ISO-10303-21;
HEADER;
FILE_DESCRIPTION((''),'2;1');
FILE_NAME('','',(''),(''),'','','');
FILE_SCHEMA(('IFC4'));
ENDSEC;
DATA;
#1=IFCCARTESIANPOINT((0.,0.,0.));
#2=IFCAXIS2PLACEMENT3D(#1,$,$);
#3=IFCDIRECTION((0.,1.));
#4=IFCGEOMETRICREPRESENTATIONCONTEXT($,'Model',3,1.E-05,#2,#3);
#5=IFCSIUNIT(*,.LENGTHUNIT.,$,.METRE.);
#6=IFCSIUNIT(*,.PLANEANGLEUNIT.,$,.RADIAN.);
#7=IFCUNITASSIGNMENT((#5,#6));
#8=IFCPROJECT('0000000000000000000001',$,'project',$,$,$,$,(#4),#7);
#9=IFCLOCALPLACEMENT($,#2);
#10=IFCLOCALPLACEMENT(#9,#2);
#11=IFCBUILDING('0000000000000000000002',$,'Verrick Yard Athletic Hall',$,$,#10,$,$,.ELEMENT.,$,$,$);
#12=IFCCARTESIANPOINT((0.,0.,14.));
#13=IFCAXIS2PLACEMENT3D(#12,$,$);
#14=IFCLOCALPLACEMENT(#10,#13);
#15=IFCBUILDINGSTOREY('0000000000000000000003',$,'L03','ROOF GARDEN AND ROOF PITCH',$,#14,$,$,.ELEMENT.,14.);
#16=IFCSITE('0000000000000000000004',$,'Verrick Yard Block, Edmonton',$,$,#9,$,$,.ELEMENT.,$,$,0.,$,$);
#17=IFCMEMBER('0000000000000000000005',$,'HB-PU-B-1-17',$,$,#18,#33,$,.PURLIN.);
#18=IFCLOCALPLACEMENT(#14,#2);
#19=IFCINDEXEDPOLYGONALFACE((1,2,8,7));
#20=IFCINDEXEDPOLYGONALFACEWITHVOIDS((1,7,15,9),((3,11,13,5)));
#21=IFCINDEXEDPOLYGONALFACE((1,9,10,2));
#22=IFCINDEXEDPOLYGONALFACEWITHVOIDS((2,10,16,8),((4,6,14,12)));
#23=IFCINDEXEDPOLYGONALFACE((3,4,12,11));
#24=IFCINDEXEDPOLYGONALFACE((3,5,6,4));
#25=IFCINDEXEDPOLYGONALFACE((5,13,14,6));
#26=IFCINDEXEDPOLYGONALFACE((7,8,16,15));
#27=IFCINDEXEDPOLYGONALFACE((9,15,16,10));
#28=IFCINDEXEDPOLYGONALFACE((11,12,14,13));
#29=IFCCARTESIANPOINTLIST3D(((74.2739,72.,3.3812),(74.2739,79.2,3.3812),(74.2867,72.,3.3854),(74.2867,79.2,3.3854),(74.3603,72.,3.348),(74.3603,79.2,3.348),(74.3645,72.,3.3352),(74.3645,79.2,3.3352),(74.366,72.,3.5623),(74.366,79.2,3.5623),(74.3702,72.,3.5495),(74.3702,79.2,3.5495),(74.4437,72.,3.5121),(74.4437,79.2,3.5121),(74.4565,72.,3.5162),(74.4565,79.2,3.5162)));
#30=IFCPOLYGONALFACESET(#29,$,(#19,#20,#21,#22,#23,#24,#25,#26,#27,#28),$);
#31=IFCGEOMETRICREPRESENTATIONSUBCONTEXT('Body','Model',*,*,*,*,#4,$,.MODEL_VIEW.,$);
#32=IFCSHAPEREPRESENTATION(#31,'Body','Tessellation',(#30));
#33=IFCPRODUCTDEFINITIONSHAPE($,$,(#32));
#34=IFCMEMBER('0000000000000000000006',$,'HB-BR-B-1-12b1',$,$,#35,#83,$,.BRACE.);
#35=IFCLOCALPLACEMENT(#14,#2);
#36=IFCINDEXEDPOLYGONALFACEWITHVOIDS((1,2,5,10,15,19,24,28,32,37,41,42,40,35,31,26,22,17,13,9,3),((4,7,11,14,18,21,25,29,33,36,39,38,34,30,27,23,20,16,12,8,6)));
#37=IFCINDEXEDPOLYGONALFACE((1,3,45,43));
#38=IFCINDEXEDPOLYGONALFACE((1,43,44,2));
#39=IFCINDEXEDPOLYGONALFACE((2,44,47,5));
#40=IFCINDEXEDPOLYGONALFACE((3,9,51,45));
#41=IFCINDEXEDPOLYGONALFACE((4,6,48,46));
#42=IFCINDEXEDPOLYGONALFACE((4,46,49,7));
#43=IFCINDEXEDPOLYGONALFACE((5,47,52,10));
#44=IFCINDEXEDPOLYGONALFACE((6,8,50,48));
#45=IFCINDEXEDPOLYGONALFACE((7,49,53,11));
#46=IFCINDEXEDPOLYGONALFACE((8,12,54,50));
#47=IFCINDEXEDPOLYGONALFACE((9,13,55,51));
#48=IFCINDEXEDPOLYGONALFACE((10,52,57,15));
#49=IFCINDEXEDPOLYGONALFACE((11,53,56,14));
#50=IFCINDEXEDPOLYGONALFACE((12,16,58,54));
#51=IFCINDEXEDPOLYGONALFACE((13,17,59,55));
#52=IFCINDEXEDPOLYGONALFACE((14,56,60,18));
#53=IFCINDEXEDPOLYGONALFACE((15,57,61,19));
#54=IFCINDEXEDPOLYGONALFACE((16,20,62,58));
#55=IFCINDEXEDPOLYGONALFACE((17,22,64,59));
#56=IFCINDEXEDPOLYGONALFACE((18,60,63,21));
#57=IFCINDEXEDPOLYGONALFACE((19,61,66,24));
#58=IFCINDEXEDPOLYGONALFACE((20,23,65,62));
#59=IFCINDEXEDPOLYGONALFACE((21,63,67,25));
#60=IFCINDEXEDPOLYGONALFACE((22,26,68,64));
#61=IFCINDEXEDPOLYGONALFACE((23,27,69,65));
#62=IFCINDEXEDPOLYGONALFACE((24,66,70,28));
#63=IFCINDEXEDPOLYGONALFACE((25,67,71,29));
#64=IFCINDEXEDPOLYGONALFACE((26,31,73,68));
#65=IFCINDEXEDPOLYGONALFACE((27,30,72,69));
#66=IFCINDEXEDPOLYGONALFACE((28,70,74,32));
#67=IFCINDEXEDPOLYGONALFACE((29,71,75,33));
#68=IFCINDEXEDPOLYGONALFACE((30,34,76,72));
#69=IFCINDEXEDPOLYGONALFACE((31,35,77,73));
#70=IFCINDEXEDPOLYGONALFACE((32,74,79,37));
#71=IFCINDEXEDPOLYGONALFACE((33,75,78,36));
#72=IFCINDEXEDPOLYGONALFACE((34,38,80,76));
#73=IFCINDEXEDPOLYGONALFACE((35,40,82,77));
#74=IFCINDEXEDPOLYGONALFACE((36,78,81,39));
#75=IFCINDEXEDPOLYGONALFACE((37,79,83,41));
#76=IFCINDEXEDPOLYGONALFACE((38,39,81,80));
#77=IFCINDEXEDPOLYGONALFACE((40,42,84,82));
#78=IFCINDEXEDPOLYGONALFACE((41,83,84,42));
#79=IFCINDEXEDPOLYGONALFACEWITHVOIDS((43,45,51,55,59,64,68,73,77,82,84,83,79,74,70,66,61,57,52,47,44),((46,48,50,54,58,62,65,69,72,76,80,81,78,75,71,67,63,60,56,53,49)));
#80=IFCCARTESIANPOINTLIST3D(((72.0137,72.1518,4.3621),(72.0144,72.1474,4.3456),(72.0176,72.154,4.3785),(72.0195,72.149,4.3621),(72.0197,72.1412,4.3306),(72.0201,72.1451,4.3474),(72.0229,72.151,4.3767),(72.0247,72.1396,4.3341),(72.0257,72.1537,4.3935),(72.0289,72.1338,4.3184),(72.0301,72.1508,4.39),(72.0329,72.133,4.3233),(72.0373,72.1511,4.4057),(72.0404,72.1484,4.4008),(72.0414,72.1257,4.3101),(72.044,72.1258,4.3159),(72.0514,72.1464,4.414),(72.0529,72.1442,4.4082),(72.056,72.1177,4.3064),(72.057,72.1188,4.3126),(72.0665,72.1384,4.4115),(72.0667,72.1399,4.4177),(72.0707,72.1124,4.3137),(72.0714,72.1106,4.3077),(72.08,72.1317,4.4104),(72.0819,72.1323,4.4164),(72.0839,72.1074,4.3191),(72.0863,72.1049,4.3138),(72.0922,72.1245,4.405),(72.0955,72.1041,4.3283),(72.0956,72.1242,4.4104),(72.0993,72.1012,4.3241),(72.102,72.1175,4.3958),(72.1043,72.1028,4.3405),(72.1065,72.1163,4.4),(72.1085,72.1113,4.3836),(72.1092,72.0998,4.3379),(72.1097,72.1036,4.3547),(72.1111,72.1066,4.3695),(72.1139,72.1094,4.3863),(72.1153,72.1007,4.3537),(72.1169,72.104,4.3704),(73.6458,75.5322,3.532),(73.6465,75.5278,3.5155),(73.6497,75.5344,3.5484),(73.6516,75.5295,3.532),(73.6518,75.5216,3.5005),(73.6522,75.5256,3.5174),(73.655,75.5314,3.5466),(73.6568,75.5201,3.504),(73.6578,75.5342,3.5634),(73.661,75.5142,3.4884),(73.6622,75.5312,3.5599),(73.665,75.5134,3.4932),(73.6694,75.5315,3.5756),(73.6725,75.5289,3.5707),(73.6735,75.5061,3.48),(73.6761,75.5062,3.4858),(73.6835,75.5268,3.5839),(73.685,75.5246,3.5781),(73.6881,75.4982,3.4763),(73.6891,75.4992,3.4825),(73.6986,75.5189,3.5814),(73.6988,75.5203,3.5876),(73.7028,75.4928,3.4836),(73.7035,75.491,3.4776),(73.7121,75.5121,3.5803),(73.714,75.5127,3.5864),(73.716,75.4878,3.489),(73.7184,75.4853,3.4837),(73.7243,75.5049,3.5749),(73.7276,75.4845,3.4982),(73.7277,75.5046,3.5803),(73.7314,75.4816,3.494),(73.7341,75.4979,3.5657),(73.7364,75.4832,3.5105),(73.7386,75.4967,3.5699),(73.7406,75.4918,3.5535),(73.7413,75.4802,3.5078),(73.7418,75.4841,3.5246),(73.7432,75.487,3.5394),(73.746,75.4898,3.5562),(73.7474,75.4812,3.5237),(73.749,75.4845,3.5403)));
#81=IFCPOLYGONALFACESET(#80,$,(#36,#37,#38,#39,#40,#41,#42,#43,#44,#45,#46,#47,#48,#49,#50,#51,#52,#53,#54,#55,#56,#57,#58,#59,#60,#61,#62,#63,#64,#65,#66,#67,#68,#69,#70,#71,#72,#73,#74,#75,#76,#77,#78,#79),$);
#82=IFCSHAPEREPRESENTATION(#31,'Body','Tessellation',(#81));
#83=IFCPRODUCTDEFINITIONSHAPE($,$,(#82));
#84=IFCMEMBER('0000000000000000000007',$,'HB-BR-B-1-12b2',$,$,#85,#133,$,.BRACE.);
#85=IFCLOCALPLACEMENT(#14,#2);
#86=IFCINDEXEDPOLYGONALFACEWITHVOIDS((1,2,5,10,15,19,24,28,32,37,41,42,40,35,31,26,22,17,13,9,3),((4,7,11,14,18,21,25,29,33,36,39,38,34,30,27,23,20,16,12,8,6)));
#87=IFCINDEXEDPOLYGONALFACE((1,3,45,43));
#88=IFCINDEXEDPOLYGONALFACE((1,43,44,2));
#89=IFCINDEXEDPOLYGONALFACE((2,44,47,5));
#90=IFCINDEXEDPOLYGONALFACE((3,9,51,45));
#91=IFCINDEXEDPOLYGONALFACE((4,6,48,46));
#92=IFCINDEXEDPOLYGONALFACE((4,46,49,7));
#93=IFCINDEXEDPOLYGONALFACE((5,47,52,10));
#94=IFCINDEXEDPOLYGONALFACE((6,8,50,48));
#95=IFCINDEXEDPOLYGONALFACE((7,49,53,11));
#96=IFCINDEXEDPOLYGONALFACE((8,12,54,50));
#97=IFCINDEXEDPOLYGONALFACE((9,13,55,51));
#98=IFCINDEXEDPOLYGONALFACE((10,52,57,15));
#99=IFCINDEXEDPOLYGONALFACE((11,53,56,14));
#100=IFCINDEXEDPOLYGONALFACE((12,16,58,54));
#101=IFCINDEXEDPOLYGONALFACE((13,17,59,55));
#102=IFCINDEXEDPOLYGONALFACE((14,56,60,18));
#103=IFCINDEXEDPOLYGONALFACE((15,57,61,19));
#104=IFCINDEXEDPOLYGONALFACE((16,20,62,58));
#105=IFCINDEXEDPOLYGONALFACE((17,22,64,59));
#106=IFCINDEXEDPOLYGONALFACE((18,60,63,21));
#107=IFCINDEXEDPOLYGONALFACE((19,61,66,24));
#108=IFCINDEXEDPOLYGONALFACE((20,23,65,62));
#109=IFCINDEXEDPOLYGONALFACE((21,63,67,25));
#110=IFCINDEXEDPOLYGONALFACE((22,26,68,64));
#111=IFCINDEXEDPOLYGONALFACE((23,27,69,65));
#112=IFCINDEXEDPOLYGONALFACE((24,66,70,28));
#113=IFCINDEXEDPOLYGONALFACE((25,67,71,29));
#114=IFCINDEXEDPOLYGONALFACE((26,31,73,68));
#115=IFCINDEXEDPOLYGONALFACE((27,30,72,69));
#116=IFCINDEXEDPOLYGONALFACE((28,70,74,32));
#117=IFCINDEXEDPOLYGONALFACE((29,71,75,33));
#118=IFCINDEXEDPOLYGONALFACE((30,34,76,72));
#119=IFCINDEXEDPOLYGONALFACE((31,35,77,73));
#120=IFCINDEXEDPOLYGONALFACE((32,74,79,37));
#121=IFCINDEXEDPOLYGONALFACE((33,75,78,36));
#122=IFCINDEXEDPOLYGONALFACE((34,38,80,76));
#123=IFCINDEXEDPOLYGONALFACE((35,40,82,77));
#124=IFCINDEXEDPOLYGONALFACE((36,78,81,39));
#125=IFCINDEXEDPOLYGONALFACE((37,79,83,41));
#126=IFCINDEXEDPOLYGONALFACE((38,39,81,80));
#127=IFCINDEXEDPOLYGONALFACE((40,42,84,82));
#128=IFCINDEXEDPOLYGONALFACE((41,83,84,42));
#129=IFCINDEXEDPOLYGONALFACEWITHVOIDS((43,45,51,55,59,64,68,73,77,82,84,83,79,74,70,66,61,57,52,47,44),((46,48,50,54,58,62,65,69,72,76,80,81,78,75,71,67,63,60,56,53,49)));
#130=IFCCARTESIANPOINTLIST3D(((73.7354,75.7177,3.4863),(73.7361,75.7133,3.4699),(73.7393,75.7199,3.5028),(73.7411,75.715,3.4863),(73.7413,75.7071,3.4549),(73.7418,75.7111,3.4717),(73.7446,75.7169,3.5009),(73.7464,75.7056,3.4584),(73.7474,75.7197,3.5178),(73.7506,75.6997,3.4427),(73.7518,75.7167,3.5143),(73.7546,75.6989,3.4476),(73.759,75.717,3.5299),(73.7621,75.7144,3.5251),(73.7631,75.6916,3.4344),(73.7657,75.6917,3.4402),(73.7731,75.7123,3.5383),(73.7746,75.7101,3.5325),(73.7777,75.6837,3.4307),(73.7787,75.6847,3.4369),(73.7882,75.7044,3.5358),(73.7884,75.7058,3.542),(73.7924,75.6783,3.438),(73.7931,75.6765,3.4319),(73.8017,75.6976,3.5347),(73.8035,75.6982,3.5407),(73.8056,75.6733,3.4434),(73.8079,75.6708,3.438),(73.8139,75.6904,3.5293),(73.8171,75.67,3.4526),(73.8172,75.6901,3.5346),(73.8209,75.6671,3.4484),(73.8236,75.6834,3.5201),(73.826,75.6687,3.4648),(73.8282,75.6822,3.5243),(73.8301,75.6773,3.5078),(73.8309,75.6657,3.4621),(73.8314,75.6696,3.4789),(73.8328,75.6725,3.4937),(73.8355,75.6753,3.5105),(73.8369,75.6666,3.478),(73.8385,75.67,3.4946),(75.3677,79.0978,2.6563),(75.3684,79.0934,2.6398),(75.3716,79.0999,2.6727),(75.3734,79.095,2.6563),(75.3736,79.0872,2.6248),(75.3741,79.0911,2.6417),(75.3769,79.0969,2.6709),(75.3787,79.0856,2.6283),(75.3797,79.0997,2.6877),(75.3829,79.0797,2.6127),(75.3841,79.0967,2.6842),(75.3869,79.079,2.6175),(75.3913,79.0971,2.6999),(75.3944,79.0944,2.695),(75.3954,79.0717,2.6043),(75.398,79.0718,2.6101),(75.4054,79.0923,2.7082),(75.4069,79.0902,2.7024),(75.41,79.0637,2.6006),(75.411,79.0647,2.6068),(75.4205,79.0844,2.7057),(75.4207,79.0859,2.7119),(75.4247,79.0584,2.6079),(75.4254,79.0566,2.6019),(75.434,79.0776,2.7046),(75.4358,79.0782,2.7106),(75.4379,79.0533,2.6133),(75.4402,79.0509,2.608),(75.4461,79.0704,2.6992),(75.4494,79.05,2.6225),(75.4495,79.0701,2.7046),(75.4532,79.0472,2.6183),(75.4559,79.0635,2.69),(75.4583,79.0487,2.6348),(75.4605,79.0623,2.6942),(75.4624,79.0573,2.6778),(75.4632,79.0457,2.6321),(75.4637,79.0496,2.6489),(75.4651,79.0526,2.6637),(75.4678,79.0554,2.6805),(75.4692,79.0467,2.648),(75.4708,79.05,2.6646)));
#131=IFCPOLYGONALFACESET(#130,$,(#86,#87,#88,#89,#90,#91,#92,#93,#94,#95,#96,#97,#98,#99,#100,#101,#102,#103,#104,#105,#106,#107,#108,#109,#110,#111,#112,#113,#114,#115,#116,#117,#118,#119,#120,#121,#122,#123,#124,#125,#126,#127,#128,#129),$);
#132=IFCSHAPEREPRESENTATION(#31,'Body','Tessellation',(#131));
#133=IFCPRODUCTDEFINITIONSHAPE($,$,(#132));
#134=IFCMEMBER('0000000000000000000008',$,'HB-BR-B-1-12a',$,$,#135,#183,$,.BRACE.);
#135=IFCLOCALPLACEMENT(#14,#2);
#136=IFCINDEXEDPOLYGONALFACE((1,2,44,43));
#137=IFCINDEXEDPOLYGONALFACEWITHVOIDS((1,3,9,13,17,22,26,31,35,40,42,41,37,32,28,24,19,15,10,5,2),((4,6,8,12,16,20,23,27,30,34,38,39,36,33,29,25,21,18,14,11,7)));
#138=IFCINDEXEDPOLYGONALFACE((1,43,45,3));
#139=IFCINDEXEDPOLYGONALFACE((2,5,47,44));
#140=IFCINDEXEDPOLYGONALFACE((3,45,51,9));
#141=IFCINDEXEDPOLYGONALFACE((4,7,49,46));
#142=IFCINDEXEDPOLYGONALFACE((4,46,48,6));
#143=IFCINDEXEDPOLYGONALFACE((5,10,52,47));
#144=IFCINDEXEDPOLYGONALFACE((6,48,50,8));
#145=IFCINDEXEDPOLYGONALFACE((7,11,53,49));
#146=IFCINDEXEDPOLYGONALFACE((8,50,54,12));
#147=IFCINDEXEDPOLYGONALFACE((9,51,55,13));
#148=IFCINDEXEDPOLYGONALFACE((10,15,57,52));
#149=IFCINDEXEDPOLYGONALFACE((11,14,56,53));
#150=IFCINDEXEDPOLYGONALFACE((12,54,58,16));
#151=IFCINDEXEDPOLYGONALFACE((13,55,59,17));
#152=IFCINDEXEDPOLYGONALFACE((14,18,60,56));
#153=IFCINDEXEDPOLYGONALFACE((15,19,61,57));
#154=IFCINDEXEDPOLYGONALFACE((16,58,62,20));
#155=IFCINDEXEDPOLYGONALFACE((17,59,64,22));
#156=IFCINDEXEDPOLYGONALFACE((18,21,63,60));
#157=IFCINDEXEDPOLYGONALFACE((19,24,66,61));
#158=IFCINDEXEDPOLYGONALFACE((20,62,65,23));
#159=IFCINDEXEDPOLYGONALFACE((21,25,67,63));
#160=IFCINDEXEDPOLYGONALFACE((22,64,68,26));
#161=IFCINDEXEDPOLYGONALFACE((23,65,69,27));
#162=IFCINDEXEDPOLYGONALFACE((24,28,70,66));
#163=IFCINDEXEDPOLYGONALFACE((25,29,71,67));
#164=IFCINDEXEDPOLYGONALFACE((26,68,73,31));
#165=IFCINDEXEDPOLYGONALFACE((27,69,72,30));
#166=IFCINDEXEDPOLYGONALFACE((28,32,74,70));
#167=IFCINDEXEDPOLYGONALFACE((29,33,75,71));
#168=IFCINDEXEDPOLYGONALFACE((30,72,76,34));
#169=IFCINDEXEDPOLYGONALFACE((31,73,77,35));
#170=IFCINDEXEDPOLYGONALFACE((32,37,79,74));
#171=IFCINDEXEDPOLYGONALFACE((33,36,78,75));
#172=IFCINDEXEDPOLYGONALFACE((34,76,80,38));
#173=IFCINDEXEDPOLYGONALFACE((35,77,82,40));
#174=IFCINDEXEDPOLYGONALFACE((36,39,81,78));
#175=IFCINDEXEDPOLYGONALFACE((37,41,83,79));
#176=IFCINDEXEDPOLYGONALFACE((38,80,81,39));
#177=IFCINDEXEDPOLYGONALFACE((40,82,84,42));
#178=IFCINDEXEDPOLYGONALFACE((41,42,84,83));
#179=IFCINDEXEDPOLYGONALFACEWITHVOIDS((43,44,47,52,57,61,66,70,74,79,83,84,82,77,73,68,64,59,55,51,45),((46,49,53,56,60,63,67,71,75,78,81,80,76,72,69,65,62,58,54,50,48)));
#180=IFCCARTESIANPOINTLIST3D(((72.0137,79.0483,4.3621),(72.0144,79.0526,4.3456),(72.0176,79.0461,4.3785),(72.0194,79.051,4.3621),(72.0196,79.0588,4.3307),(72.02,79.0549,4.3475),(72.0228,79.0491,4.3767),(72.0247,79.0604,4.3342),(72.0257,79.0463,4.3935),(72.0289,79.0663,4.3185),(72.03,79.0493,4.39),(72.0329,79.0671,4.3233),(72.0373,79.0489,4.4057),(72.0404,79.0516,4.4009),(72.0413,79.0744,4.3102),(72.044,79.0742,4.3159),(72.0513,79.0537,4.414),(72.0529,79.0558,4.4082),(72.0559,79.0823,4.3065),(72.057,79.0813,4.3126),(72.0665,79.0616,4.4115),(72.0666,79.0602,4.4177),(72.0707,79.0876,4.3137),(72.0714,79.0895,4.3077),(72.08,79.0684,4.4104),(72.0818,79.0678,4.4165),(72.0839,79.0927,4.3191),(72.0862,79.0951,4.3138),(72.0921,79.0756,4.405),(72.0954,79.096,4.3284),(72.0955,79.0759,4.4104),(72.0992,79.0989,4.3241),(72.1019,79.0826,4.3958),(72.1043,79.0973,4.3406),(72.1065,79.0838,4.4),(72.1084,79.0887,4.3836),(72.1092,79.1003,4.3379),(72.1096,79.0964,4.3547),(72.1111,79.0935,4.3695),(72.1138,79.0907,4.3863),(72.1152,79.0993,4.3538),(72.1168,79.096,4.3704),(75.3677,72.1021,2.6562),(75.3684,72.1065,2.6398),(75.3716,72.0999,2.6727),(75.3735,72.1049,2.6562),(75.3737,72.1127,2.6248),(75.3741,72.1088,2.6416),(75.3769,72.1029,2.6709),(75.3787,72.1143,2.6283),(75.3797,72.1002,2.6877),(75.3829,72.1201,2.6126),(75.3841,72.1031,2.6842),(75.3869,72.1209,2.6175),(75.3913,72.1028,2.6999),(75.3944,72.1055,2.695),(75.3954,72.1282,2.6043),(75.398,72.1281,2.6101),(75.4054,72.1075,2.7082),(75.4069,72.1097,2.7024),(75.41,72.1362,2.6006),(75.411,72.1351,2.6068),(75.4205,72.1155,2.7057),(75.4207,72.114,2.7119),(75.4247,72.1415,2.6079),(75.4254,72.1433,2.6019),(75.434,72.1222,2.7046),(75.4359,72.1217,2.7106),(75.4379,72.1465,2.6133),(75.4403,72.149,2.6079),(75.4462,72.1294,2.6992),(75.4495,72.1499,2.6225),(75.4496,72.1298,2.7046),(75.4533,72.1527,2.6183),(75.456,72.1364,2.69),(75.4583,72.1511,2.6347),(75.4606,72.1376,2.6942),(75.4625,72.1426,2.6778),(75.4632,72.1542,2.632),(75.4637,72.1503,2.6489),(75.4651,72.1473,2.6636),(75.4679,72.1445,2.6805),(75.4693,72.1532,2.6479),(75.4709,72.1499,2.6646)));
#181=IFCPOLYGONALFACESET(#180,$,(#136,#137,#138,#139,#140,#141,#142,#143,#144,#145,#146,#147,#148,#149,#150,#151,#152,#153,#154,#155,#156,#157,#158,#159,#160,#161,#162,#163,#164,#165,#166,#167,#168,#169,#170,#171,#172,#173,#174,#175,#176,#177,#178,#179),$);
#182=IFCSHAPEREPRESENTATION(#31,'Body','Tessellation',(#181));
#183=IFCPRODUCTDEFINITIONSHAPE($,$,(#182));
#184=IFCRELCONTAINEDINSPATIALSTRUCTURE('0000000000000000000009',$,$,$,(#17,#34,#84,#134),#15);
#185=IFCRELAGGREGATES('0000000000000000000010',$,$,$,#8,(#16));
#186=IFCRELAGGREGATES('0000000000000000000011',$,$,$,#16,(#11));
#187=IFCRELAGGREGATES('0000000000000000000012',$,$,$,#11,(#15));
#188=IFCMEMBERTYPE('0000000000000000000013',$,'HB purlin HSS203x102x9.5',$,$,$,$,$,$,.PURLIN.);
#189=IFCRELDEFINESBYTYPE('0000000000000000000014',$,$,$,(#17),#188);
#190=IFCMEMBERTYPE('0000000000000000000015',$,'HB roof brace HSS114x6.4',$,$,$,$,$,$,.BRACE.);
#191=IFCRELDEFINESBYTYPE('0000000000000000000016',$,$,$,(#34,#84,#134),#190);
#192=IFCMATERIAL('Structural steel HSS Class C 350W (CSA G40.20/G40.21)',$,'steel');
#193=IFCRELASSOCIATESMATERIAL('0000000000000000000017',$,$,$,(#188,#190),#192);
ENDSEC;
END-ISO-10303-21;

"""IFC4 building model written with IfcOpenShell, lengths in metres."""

from ifc_helpers import new_model, si_unit, direction, frame, origin, origin_2d, place, context, subcontext, project, spatial, hollow_rectangle, hollow_circle, extrude, material, material_profile, profile_set, type_object, element, save


model = new_model("IFC4")

# Units and contexts
model_context = context("Model", 3, precision=1e-05, world=origin(), true_north=direction((0.0, 1.0)))
body_context = subcontext(model_context, "Body", "Model", "MODEL_VIEW")
ifc_project = project(units=[si_unit("LENGTHUNIT", "METRE"), si_unit("PLANEANGLEUNIT", "RADIAN")], contexts=[model_context])

# Site, building, storey
site_placement = place(None, origin())
site = spatial("IfcSite", under=ifc_project, at=site_placement, Name="Verrick Yard Block, Edmonton", CompositionType="ELEMENT", RefElevation=0.0)
building_placement = place(site_placement, origin())
building = spatial("IfcBuilding", under=site, at=building_placement, Name="Verrick Yard Athletic Hall", CompositionType="ELEMENT")
storey_placement = place(building_placement, frame((0.0, 0.0, 14.0)))
storey = spatial("IfcBuildingStorey", under=building, at=storey_placement, Name="L03", Description="ROOF GARDEN AND ROOF PITCH", CompositionType="ELEMENT", Elevation=14.0)

# Members
ifc_material_1 = material(Name="Structural steel HSS Class C 350W (CSA G40.20/G40.21)", Category="steel")
ifc_material_profile_1 = material_profile(ifc_material_1, hollow_rectangle(XDim=0.1016, YDim=0.2031, WallThickness=0.0095, at=origin_2d()), Name="HSS203x102x9.5")
ifc_profile_set_1 = profile_set([ifc_material_profile_1], Name="Structural steel HSS Class C 350W (CSA G40.20/G40.21)")
member_type_1 = type_object("IfcMemberType", Name="HB purlin HSS203x102x9.5", PredefinedType="PURLIN", material=ifc_profile_set_1)
member_1_placement = place(storey_placement, frame((74.3652, 72.0, 3.4487), z_axis=(0.0, 1.0, 0.0), x_axis=(-0.891353, 0.0, 0.45331)))
element("IfcMember", 1, at=member_1_placement, inside=storey, type_object=member_type_1, Name="HB-PU-B-1-17", PredefinedType="PURLIN", context=body_context, shape_type="SweptSolid", body=[
    extrude(hollow_rectangle(XDim=0.1016, YDim=0.2031, WallThickness=0.0095, at=origin_2d()), origin(), (0.0, 0.0, 1.0), 7.2),
])
ifc_material_profile_2 = material_profile(ifc_material_1, hollow_circle(Radius=0.0571, WallThickness=0.0063, at=origin_2d()), Name="HSS114x6.4")
ifc_profile_set_2 = profile_set([ifc_material_profile_2], Name="Structural steel HSS Class C 350W (CSA G40.20/G40.21)")
member_type_2 = type_object("IfcMemberType", Name="HB roof brace HSS114x6.4", PredefinedType="BRACE", material=ifc_profile_set_2)
member_2_placement = place(storey_placement, frame((72.0652, 72.127, 4.3621), z_axis=(0.424531, 0.879291, -0.215917), x_axis=(-0.900533, 0.434787, 0.0)))
element("IfcMember", 2, at=member_2_placement, inside=storey, type_object=member_type_2, Name="HB-BR-B-1-12b1", PredefinedType="BRACE", context=body_context, shape_type="SweptSolid", body=[
    extrude(hollow_circle(Radius=0.0571, WallThickness=0.0063, at=origin_2d()), origin(), (0.0, 0.0, 1.0), 3.8445),
])
member_3_placement = place(storey_placement, frame((73.7869, 75.6929, 3.4863), z_axis=(0.424607, 0.879253, -0.215923), x_axis=(-0.900495, 0.434865, 0.0)))
element("IfcMember", 3, at=member_3_placement, inside=storey, type_object=member_type_2, Name="HB-BR-B-1-12b2", PredefinedType="BRACE", context=body_context, shape_type="SweptSolid", body=[
    extrude(hollow_circle(Radius=0.0571, WallThickness=0.0063, at=origin_2d()), origin(), (0.0, 0.0, 1.0), 3.8442),
])
member_4_placement = place(storey_placement, frame((75.4192, 72.127, 2.6562), z_axis=(-0.424569, 0.87927, 0.215931), x_axis=(-0.900514, -0.434827, 0.0)))
element("IfcMember", 4, at=member_4_placement, inside=storey, type_object=member_type_2, Name="HB-BR-B-1-12a", PredefinedType="BRACE", context=body_context, shape_type="SweptSolid", body=[
    extrude(hollow_circle(Radius=0.0571, WallThickness=0.0063, at=origin_2d()), origin(), (0.0, 0.0, 1.0), 7.8999),
])

save(model, "model.ifc")
